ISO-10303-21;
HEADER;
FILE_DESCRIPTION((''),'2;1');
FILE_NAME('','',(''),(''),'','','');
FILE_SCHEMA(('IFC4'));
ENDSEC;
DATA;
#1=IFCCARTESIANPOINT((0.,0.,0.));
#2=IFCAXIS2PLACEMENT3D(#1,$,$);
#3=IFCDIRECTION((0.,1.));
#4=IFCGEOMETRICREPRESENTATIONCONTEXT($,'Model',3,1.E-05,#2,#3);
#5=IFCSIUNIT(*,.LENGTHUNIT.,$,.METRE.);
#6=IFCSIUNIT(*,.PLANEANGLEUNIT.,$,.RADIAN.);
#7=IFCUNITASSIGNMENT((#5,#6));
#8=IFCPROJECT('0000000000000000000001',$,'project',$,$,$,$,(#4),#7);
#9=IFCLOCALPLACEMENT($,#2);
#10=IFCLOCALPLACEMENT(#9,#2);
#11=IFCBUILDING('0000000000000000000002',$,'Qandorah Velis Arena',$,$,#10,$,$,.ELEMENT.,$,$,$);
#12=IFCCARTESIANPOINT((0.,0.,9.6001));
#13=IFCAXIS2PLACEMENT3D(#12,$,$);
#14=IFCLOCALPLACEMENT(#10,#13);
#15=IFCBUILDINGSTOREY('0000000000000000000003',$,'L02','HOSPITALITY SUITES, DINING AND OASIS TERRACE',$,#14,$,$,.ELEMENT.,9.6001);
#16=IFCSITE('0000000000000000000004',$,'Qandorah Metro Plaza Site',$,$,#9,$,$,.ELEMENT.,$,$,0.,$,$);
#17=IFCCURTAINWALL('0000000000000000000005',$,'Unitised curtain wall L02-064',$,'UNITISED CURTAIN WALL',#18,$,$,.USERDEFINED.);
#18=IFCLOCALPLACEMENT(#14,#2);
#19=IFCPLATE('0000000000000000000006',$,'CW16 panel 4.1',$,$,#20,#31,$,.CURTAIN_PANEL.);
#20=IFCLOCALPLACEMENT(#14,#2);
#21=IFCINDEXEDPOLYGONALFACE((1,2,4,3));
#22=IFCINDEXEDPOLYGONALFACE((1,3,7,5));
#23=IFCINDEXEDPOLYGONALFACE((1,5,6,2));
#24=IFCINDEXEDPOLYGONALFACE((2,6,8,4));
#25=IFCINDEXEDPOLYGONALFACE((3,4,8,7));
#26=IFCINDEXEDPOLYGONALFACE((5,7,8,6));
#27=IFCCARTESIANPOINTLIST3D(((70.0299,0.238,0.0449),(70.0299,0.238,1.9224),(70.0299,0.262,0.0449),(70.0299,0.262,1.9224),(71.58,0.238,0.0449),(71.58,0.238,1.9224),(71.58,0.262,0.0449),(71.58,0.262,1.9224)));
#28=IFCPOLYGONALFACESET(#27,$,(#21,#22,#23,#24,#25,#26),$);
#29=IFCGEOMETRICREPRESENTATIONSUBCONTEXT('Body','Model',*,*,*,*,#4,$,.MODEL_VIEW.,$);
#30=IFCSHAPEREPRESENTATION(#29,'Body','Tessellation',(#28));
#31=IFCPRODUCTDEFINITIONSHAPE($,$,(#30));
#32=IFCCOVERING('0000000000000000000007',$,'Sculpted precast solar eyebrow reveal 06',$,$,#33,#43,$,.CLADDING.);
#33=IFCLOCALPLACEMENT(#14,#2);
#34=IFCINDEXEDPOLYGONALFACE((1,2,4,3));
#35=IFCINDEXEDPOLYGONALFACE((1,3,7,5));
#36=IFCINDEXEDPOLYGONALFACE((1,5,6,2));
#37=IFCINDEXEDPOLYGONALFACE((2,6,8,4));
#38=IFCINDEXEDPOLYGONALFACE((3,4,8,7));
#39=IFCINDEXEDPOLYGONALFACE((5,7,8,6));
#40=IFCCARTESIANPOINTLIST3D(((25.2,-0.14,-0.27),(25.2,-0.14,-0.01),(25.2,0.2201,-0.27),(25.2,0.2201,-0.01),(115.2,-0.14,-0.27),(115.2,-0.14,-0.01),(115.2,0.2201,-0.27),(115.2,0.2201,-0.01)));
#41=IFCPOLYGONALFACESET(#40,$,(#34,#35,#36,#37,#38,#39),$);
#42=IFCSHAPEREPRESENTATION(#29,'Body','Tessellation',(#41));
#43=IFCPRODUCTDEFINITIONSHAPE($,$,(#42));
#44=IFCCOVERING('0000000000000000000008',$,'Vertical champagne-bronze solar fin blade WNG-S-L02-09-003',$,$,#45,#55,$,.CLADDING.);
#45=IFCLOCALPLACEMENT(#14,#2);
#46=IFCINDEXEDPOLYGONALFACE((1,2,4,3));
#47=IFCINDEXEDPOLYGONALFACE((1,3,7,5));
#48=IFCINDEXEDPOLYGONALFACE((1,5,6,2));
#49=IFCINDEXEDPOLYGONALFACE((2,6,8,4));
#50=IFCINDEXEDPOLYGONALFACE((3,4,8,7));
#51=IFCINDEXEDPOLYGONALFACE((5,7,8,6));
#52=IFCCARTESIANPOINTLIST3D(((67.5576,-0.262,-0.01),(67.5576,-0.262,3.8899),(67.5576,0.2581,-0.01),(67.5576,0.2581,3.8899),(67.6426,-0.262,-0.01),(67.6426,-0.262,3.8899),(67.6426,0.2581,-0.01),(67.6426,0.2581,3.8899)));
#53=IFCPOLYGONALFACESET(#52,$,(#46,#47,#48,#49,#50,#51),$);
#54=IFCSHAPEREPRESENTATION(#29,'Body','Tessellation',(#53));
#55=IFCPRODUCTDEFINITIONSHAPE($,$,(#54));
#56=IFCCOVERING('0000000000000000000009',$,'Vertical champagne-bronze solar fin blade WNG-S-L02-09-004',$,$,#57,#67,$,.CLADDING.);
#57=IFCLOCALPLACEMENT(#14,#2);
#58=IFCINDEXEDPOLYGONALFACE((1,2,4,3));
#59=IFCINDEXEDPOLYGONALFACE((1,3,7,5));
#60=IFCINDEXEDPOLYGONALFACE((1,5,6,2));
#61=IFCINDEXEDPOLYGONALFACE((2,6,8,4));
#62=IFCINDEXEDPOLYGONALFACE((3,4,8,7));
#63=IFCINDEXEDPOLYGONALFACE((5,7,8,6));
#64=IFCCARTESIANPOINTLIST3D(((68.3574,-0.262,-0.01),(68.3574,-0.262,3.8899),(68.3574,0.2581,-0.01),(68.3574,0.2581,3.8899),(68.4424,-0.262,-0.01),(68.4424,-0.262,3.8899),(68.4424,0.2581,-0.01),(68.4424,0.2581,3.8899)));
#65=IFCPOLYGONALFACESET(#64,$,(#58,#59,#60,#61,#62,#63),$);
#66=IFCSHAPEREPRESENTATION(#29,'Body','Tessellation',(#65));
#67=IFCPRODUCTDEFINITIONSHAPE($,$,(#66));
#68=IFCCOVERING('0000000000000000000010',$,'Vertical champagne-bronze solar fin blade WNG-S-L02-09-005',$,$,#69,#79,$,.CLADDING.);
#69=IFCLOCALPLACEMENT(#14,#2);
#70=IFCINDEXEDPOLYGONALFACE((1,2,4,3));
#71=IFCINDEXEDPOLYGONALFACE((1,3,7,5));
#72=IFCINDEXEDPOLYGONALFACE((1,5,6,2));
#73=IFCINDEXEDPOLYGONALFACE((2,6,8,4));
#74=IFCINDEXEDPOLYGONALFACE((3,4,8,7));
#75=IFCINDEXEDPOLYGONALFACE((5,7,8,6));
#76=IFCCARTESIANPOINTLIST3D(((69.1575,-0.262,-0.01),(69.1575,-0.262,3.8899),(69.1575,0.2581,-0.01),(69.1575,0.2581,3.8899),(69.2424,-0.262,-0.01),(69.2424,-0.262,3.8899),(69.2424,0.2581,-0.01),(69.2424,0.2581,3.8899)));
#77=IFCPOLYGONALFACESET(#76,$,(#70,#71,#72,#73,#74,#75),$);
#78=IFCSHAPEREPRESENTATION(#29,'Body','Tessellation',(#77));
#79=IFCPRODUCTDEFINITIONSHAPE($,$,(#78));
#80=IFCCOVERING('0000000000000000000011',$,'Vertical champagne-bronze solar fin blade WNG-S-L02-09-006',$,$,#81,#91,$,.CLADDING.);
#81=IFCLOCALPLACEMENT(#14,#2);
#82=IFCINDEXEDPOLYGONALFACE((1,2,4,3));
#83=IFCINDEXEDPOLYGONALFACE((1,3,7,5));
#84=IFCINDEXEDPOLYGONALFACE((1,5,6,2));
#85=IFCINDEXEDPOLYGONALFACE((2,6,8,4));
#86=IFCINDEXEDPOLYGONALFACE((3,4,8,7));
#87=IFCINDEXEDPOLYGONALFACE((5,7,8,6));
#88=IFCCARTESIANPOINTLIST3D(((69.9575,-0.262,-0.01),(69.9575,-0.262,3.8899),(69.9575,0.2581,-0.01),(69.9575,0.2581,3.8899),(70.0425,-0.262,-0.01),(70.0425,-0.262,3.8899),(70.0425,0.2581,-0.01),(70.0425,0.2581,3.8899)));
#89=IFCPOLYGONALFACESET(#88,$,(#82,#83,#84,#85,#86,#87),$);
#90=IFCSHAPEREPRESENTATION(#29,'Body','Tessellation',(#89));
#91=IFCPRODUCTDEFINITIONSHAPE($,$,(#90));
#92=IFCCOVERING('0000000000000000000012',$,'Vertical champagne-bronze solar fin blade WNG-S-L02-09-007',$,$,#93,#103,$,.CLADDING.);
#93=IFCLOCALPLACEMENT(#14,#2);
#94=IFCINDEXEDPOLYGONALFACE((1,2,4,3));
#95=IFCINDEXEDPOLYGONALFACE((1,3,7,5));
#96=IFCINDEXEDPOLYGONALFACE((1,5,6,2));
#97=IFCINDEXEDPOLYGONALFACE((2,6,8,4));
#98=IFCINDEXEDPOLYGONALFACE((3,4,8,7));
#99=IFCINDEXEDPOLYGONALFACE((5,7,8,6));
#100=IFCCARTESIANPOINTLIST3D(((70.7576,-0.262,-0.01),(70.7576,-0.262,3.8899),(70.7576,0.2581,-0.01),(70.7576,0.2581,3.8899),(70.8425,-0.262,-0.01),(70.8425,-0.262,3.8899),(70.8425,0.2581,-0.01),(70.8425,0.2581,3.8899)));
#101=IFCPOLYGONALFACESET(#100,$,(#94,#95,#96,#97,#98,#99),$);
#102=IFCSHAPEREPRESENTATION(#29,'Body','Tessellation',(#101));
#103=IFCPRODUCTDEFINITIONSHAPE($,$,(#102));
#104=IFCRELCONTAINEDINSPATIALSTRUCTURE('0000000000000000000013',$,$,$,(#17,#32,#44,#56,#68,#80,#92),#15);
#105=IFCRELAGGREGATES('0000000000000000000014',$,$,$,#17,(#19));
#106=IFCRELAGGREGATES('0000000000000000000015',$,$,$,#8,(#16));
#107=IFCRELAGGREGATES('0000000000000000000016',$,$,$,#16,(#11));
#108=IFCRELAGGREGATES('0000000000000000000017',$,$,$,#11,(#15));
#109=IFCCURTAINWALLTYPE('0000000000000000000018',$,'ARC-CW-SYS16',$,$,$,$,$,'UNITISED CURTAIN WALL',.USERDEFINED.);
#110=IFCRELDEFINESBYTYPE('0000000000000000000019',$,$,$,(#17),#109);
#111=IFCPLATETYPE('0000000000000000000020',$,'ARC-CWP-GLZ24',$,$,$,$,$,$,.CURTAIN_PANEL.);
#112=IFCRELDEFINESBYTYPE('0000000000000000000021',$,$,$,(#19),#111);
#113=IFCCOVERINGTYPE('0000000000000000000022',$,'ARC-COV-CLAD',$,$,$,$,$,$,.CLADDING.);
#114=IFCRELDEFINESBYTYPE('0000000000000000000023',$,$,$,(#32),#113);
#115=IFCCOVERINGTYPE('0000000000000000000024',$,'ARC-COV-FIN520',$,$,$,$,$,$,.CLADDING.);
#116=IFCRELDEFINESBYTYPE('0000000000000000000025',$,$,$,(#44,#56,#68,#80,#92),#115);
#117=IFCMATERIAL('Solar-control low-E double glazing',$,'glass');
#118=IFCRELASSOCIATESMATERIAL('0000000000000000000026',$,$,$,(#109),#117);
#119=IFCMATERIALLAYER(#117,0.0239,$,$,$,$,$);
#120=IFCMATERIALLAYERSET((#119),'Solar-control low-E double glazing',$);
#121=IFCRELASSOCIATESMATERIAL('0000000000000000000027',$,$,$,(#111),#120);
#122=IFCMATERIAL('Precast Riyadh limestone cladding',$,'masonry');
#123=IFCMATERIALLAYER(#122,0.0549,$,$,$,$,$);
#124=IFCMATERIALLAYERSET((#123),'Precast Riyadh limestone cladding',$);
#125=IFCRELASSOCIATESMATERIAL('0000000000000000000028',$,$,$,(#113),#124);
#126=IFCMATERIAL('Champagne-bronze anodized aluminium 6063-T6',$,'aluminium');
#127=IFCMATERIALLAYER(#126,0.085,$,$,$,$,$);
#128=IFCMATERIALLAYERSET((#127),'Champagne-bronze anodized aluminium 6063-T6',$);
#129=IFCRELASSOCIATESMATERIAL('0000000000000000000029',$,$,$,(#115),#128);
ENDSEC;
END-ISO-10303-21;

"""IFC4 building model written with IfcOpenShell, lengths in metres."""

from ifc_helpers import new_model, si_unit, direction, frame, origin, origin_2d, place, context, subcontext, project, spatial, rectangle, extrude, material, layer, layer_set, type_object, element, aggregate, save


model = new_model("IFC4")

# Units and contexts
model_context = context("Model", 3, precision=1e-05, world=origin(), true_north=direction((0.0, 1.0)))
body_context = subcontext(model_context, "Body", "Model", "MODEL_VIEW")
ifc_project = project(units=[si_unit("LENGTHUNIT", "METRE"), si_unit("PLANEANGLEUNIT", "RADIAN")], contexts=[model_context])

# Site, building, storey
site_placement = place(None, origin())
site = spatial("IfcSite", under=ifc_project, at=site_placement, Name="Qandorah Metro Plaza Site", CompositionType="ELEMENT", RefElevation=0.0)
building_placement = place(site_placement, origin())
building = spatial("IfcBuilding", under=site, at=building_placement, Name="Qandorah Velis Arena", CompositionType="ELEMENT")
storey_placement = place(building_placement, frame((0.0, 0.0, 9.6001)))
storey = spatial("IfcBuildingStorey", under=building, at=storey_placement, Name="L02", Description="HOSPITALITY SUITES, DINING AND OASIS TERRACE", CompositionType="ELEMENT", Elevation=9.6001)

# Curtain wall, plate
ifc_material_1 = material(Name="Solar-control low-E double glazing", Category="glass")
curtain_wall_type = type_object("IfcCurtainWallType", Name="ARC-CW-SYS16", ElementType="UNITISED CURTAIN WALL", PredefinedType="USERDEFINED", material=ifc_material_1)
curtain_wall_placement = place(storey_placement, origin())
curtain_wall = element("IfcCurtainWall", 1, at=curtain_wall_placement, inside=storey, type_object=curtain_wall_type, Name="Unitised curtain wall L02-064", ObjectType="UNITISED CURTAIN WALL", PredefinedType="USERDEFINED")
ifc_material_2 = material(Name="Champagne-bronze anodized aluminium 6063-T6", Category="aluminium")
ifc_layer_1 = layer(ifc_material_1, 0.0239)
ifc_layer_set_1 = layer_set([ifc_layer_1], Name="Solar-control low-E double glazing")
plate_type = type_object("IfcPlateType", Name="ARC-CWP-GLZ24", PredefinedType="CURTAIN_PANEL", material=ifc_layer_set_1)
plate_1_placement = place(storey_placement, frame((70.8049, 0.25, 0.0449), z_axis=(0.0, 0.0, 1.0), x_axis=(1.0, 0.0, 0.0)))
plate_1 = element("IfcPlate", 2, at=plate_1_placement, type_object=plate_type, Name="CW16 panel 4.1", PredefinedType="CURTAIN_PANEL", context=body_context, shape_type="SweptSolid", body=[
    extrude(rectangle(XDim=1.55, YDim=0.0239, at=origin_2d()), origin(), (0.0, 0.0, 1.0), 1.8774),
])
aggregate(curtain_wall, [plate_1])

# Coverings
ifc_material_3 = material(Name="Precast Riyadh limestone cladding", Category="masonry")
ifc_layer_2 = layer(ifc_material_3, 0.0549)
ifc_layer_set_2 = layer_set([ifc_layer_2], Name="Precast Riyadh limestone cladding")
covering_type_1 = type_object("IfcCoveringType", Name="ARC-COV-CLAD", PredefinedType="CLADDING", material=ifc_layer_set_2)
covering_placement = place(storey_placement, frame((70.2, 0.04, -0.27), z_axis=(0.0, 0.0, 1.0), x_axis=(1.0, 0.0, 0.0)))
element("IfcCovering", 3, at=covering_placement, inside=storey, type_object=covering_type_1, Name="Sculpted precast solar eyebrow reveal 06", PredefinedType="CLADDING", context=body_context, shape_type="SweptSolid", body=[
    extrude(rectangle(XDim=90.0, YDim=0.3601, at=origin_2d()), origin(), (0.0, 0.0, 1.0), 0.26),
])
ifc_layer_3 = layer(ifc_material_2, 0.085)
ifc_layer_set_3 = layer_set([ifc_layer_3], Name="Champagne-bronze anodized aluminium 6063-T6")
covering_type_2 = type_object("IfcCoveringType", Name="ARC-COV-FIN520", PredefinedType="CLADDING", material=ifc_layer_set_3)
for number, where, z_axis, x_axis, name in (
    (4, (67.6001, -0.002, -0.01), (0.0, 0.0, 1.0), (1.0, 0.0, 0.0), "Vertical champagne-bronze solar fin blade WNG-S-L02-09-003"),
    (5, (68.3999, -0.002, -0.01), (0.0, 0.0, 1.0), (1.0, 0.0, 0.0), "Vertical champagne-bronze solar fin blade WNG-S-L02-09-004"),
    (6, (69.2, -0.002, -0.01), (0.0, 0.0, 1.0), (1.0, 0.0, 0.0), "Vertical champagne-bronze solar fin blade WNG-S-L02-09-005"),
    (7, (70.0, -0.002, -0.01), (0.0, 0.0, 1.0), (1.0, 0.0, 0.0), "Vertical champagne-bronze solar fin blade WNG-S-L02-09-006"),
    (8, (70.8, -0.002, -0.01), (0.0, 0.0, 1.0), (1.0, 0.0, 0.0), "Vertical champagne-bronze solar fin blade WNG-S-L02-09-007"),
):
    element("IfcCovering", number, at=place(storey_placement, frame(where, z_axis=z_axis, x_axis=x_axis)), inside=storey, type_object=covering_type_2, Name=name, PredefinedType="CLADDING", context=body_context, shape_type="SweptSolid", body=[
        extrude(rectangle(XDim=0.085, YDim=0.52, at=origin_2d()), origin(), (0.0, 0.0, 1.0), 3.8999),
    ])

save(model, "model.ifc")
